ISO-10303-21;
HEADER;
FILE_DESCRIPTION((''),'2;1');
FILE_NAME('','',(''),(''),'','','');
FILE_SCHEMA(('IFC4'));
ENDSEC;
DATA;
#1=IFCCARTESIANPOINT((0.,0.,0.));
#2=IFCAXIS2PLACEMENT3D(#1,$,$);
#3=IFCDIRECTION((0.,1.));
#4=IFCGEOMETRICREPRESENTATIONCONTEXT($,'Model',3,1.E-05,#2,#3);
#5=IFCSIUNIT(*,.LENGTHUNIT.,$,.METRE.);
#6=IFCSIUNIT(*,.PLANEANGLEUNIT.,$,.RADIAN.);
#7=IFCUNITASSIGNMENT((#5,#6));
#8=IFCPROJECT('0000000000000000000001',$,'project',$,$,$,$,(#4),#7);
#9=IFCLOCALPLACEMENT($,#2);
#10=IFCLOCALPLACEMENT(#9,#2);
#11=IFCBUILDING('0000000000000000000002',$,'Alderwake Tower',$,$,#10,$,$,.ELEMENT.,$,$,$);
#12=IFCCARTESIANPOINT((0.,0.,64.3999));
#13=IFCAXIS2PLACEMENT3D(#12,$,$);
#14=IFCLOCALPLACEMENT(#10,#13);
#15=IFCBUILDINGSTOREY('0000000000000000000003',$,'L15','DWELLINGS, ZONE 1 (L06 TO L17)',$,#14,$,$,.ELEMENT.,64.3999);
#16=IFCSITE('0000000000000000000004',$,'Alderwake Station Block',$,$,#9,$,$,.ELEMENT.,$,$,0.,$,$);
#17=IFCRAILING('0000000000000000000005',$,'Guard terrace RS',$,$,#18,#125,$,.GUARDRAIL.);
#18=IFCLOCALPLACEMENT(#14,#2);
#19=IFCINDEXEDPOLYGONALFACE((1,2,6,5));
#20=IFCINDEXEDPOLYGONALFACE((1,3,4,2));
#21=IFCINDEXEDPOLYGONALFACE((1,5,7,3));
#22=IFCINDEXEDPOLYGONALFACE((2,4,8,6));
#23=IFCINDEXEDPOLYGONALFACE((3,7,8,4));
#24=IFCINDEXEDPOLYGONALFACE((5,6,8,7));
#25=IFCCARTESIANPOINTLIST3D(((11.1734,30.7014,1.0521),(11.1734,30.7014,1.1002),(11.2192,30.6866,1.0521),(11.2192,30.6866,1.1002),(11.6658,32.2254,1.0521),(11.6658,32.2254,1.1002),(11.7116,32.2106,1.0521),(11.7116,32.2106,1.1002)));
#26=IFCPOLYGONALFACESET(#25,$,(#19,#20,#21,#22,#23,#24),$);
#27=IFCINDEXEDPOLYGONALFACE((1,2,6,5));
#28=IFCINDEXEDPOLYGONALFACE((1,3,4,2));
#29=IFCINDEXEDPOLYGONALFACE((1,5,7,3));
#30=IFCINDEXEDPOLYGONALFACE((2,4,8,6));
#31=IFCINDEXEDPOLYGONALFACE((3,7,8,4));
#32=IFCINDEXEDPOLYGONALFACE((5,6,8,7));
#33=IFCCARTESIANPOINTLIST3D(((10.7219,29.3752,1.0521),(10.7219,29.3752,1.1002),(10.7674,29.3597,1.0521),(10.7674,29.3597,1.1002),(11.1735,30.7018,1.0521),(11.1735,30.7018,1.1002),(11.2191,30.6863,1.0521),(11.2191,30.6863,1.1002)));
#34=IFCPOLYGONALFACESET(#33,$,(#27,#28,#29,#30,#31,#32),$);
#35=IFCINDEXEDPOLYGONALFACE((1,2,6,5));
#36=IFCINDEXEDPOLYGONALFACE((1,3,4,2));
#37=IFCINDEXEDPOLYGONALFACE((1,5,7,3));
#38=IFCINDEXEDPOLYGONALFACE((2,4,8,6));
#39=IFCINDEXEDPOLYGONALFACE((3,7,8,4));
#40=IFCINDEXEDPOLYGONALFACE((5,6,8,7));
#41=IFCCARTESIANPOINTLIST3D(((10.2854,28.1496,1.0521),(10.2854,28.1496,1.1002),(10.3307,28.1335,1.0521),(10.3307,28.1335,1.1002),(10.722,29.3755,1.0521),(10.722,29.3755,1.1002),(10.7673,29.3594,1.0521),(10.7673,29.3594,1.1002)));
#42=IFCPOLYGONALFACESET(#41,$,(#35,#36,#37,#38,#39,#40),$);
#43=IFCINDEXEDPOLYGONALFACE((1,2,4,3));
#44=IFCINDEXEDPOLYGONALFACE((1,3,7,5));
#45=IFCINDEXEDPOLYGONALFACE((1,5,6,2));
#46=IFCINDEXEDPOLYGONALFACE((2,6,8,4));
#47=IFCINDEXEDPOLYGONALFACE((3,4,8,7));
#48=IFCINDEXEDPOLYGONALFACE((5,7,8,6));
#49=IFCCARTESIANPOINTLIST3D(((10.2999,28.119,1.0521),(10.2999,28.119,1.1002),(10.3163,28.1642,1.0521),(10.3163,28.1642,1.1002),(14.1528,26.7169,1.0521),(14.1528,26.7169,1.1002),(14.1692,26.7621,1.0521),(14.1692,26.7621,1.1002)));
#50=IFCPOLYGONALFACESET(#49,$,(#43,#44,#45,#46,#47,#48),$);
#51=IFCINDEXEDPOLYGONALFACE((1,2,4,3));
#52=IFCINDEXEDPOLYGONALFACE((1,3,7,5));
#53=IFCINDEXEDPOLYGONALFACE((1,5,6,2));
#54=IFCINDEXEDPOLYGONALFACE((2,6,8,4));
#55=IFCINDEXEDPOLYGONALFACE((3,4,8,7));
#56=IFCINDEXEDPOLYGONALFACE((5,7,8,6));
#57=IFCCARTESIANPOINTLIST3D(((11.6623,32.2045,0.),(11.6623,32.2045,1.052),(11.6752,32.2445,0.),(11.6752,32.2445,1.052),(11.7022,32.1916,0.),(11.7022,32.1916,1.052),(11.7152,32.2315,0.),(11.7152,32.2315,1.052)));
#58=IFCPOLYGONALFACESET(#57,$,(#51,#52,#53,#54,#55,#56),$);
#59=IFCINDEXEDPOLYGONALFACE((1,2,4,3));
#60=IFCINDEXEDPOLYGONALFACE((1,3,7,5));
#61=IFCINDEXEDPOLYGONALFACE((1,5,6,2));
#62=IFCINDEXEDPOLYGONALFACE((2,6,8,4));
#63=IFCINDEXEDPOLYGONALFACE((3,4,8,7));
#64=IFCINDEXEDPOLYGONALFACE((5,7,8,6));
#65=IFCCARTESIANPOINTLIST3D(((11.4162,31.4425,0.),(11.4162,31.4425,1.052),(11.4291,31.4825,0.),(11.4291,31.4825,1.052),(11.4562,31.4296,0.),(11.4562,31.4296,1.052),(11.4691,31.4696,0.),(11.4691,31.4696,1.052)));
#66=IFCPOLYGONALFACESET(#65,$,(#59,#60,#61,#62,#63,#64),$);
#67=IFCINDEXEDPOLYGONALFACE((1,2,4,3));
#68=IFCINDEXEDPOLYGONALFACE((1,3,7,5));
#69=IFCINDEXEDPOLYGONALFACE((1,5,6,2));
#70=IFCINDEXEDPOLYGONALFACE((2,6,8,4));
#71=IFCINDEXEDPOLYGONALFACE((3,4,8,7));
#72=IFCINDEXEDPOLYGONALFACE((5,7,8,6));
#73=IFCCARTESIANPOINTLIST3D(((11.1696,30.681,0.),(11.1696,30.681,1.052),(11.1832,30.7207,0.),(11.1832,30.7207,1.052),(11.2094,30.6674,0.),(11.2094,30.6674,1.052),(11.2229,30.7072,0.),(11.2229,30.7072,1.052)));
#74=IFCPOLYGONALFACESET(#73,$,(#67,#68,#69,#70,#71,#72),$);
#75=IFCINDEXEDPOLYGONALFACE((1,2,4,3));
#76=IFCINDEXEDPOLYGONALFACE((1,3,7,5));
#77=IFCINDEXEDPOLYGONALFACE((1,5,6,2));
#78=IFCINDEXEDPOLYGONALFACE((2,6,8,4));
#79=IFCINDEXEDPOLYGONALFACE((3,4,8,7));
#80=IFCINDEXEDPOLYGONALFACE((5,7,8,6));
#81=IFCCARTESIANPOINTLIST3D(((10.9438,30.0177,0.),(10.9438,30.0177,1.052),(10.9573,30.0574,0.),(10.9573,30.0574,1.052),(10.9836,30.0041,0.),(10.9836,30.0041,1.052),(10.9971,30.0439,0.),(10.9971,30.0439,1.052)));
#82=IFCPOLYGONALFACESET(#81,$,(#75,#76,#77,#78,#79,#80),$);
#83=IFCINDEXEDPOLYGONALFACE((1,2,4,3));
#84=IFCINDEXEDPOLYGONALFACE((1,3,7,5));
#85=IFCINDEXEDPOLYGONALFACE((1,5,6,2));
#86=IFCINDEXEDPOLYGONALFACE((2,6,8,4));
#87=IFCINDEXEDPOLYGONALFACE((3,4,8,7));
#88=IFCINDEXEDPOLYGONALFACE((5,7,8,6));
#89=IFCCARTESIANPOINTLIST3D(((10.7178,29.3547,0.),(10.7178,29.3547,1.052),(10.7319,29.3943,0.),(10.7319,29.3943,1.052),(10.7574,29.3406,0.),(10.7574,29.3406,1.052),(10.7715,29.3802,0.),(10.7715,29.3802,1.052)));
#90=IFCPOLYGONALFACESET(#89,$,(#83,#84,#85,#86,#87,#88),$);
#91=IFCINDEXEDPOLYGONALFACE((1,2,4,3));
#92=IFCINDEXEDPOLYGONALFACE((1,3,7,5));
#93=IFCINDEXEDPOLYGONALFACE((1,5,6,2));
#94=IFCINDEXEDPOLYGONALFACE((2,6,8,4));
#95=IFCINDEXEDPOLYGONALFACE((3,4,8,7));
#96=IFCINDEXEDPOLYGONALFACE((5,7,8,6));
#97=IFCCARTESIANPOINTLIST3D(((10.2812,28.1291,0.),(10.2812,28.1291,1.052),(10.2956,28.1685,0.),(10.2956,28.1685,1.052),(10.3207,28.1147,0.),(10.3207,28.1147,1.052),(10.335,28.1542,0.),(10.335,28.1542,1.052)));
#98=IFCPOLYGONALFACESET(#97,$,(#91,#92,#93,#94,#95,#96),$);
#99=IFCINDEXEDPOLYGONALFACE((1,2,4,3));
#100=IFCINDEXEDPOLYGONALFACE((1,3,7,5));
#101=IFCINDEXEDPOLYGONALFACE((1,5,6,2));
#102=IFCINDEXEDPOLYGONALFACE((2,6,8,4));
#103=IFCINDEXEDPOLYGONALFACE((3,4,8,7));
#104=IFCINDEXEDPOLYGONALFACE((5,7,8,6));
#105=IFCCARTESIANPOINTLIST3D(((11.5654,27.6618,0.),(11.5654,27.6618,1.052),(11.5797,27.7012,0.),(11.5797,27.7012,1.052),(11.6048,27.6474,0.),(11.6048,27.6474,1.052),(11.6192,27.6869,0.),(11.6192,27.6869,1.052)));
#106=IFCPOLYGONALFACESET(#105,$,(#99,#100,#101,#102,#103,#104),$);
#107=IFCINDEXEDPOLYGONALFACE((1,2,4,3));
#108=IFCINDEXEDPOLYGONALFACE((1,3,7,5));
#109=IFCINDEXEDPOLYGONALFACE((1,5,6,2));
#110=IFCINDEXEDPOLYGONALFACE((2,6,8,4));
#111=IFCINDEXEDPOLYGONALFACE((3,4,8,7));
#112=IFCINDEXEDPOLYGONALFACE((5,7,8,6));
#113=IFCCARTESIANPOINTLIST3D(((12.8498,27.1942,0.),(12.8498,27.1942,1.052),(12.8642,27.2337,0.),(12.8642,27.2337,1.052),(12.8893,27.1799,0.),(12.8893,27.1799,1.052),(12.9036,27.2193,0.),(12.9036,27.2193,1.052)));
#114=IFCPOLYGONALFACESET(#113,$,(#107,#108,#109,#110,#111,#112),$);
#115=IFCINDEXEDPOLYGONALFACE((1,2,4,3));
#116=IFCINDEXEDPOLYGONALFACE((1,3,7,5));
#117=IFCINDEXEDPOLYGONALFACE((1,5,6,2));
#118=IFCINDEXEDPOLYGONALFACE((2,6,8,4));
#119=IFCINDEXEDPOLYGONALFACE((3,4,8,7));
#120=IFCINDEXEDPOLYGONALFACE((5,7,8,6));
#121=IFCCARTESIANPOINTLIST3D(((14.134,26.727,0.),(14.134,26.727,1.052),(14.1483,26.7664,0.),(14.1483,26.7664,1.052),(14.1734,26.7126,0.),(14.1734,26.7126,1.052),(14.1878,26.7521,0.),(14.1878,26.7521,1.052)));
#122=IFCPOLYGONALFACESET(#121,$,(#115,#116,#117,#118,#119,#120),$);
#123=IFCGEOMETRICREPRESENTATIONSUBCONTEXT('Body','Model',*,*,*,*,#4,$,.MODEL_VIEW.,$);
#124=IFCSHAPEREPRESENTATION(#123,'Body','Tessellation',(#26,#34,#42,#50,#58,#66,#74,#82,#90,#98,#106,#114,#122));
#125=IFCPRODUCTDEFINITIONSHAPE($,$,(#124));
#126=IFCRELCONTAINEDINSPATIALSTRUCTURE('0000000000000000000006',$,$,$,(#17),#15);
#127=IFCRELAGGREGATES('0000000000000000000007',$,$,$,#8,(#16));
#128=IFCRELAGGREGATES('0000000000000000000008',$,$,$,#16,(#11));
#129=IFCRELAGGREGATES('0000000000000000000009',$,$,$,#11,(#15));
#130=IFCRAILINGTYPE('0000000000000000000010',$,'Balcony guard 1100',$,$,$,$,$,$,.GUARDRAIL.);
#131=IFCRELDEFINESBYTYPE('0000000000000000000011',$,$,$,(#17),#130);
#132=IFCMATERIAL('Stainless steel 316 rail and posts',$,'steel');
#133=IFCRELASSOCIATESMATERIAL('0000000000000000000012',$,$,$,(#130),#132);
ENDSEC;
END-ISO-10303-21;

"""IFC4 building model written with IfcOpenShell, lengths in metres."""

from ifc_helpers import new_model, si_unit, direction, frame, origin, origin_2d, place, context, subcontext, project, spatial, rectangle, extrude, material, type_object, element, save


model = new_model("IFC4")

# Units and contexts
model_context = context("Model", 3, precision=1e-05, world=origin(), true_north=direction((0.0, 1.0)))
body_context = subcontext(model_context, "Body", "Model", "MODEL_VIEW")
ifc_project = project(units=[si_unit("LENGTHUNIT", "METRE"), si_unit("PLANEANGLEUNIT", "RADIAN")], contexts=[model_context])

# Site, building, storey
site_placement = place(None, origin())
site = spatial("IfcSite", under=ifc_project, at=site_placement, Name="Alderwake Station Block", CompositionType="ELEMENT", RefElevation=0.0)
building_placement = place(site_placement, origin())
building = spatial("IfcBuilding", under=site, at=building_placement, Name="Alderwake Tower", CompositionType="ELEMENT")
storey_placement = place(building_placement, frame((0.0, 0.0, 64.3999)))
storey = spatial("IfcBuildingStorey", under=building, at=storey_placement, Name="L15", Description="DWELLINGS, ZONE 1 (L06 TO L17)", CompositionType="ELEMENT", Elevation=64.3999)

# Railing
ifc_material_1 = material(Name="Stainless steel 316 rail and posts", Category="steel")
railing_type = type_object("IfcRailingType", Name="Balcony guard 1100", PredefinedType="GUARDRAIL", material=ifc_material_1)
railing_1_placement = place(storey_placement, frame((11.6887, 32.218, 0.0)))
element("IfcRailing", 1, at=railing_1_placement, inside=storey, type_object=railing_type, Name="Guard terrace RS", PredefinedType="GUARDRAIL", context=body_context, shape_type="SweptSolid", body=[
    extrude(rectangle(XDim=0.0481, YDim=0.0481, at=origin_2d()), frame((0.0, 0.0, 1.0762), z_axis=(-0.307479, -0.951555, 0.0), x_axis=(0.951555, -0.307479, 0.0)), (0.0, 0.0, 1.0), 1.6016),
    extrude(rectangle(XDim=0.0481, YDim=0.0481, at=origin_2d()), frame((-0.4924, -1.5239, 1.0762), z_axis=(-0.322284, -0.946643, 0.0), x_axis=(0.946643, -0.322284, 0.0)), (0.0, 0.0, 1.0), 1.4014),
    extrude(rectangle(XDim=0.0481, YDim=0.0481, at=origin_2d()), frame((-0.9441, -2.8506, 1.0762), z_axis=(-0.335469, -0.942051, 0.0), x_axis=(0.942051, -0.335469, 0.0)), (0.0, 0.0, 1.0), 1.3013),
    extrude(rectangle(XDim=0.0481, YDim=0.0481, at=origin_2d()), frame((-1.3806, -4.0764, 1.0762), z_axis=(0.939708, -0.341977, 0.0), x_axis=(0.341977, 0.939708, 0.0)), (0.0, 0.0, 1.0), 4.1001),
    extrude(rectangle(XDim=0.042, YDim=0.042, at=origin_2d()), frame((0.0, 0.0, 0.0), z_axis=(0.0, 0.0, 1.0), x_axis=(-0.307479, -0.951555, 0.0)), (0.0, 0.0, 1.0), 1.052),
    extrude(rectangle(XDim=0.042, YDim=0.042, at=origin_2d()), frame((-0.2461, -0.762, 0.0), z_axis=(0.0, 0.0, 1.0), x_axis=(-0.307479, -0.951555, 0.0)), (0.0, 0.0, 1.0), 1.052),
    extrude(rectangle(XDim=0.042, YDim=0.042, at=origin_2d()), frame((-0.4924, -1.5239, 0.0), z_axis=(0.0, 0.0, 1.0), x_axis=(-0.322284, -0.946643, 0.0)), (0.0, 0.0, 1.0), 1.052),
    extrude(rectangle(XDim=0.042, YDim=0.042, at=origin_2d()), frame((-0.7183, -2.1873, 0.0), z_axis=(0.0, 0.0, 1.0), x_axis=(-0.322284, -0.946643, 0.0)), (0.0, 0.0, 1.0), 1.052),
    extrude(rectangle(XDim=0.042, YDim=0.042, at=origin_2d()), frame((-0.9441, -2.8506, 0.0), z_axis=(0.0, 0.0, 1.0), x_axis=(-0.335469, -0.942051, 0.0)), (0.0, 0.0, 1.0), 1.052),
    extrude(rectangle(XDim=0.042, YDim=0.042, at=origin_2d()), frame((-1.3806, -4.0764, 0.0), z_axis=(0.0, 0.0, 1.0), x_axis=(0.939708, -0.341977, 0.0)), (0.0, 0.0, 1.0), 1.052),
    extrude(rectangle(XDim=0.042, YDim=0.042, at=origin_2d()), frame((-0.0964, -4.5437, 0.0), z_axis=(0.0, 0.0, 1.0), x_axis=(0.939708, -0.341977, 0.0)), (0.0, 0.0, 1.0), 1.052),
    extrude(rectangle(XDim=0.042, YDim=0.042, at=origin_2d()), frame((1.188, -5.0112, 0.0), z_axis=(0.0, 0.0, 1.0), x_axis=(0.939708, -0.341977, 0.0)), (0.0, 0.0, 1.0), 1.052),
    extrude(rectangle(XDim=0.042, YDim=0.042, at=origin_2d()), frame((2.4722, -5.4785, 0.0), z_axis=(0.0, 0.0, 1.0), x_axis=(0.939708, -0.341977, 0.0)), (0.0, 0.0, 1.0), 1.052),
])

save(model, "model.ifc")
